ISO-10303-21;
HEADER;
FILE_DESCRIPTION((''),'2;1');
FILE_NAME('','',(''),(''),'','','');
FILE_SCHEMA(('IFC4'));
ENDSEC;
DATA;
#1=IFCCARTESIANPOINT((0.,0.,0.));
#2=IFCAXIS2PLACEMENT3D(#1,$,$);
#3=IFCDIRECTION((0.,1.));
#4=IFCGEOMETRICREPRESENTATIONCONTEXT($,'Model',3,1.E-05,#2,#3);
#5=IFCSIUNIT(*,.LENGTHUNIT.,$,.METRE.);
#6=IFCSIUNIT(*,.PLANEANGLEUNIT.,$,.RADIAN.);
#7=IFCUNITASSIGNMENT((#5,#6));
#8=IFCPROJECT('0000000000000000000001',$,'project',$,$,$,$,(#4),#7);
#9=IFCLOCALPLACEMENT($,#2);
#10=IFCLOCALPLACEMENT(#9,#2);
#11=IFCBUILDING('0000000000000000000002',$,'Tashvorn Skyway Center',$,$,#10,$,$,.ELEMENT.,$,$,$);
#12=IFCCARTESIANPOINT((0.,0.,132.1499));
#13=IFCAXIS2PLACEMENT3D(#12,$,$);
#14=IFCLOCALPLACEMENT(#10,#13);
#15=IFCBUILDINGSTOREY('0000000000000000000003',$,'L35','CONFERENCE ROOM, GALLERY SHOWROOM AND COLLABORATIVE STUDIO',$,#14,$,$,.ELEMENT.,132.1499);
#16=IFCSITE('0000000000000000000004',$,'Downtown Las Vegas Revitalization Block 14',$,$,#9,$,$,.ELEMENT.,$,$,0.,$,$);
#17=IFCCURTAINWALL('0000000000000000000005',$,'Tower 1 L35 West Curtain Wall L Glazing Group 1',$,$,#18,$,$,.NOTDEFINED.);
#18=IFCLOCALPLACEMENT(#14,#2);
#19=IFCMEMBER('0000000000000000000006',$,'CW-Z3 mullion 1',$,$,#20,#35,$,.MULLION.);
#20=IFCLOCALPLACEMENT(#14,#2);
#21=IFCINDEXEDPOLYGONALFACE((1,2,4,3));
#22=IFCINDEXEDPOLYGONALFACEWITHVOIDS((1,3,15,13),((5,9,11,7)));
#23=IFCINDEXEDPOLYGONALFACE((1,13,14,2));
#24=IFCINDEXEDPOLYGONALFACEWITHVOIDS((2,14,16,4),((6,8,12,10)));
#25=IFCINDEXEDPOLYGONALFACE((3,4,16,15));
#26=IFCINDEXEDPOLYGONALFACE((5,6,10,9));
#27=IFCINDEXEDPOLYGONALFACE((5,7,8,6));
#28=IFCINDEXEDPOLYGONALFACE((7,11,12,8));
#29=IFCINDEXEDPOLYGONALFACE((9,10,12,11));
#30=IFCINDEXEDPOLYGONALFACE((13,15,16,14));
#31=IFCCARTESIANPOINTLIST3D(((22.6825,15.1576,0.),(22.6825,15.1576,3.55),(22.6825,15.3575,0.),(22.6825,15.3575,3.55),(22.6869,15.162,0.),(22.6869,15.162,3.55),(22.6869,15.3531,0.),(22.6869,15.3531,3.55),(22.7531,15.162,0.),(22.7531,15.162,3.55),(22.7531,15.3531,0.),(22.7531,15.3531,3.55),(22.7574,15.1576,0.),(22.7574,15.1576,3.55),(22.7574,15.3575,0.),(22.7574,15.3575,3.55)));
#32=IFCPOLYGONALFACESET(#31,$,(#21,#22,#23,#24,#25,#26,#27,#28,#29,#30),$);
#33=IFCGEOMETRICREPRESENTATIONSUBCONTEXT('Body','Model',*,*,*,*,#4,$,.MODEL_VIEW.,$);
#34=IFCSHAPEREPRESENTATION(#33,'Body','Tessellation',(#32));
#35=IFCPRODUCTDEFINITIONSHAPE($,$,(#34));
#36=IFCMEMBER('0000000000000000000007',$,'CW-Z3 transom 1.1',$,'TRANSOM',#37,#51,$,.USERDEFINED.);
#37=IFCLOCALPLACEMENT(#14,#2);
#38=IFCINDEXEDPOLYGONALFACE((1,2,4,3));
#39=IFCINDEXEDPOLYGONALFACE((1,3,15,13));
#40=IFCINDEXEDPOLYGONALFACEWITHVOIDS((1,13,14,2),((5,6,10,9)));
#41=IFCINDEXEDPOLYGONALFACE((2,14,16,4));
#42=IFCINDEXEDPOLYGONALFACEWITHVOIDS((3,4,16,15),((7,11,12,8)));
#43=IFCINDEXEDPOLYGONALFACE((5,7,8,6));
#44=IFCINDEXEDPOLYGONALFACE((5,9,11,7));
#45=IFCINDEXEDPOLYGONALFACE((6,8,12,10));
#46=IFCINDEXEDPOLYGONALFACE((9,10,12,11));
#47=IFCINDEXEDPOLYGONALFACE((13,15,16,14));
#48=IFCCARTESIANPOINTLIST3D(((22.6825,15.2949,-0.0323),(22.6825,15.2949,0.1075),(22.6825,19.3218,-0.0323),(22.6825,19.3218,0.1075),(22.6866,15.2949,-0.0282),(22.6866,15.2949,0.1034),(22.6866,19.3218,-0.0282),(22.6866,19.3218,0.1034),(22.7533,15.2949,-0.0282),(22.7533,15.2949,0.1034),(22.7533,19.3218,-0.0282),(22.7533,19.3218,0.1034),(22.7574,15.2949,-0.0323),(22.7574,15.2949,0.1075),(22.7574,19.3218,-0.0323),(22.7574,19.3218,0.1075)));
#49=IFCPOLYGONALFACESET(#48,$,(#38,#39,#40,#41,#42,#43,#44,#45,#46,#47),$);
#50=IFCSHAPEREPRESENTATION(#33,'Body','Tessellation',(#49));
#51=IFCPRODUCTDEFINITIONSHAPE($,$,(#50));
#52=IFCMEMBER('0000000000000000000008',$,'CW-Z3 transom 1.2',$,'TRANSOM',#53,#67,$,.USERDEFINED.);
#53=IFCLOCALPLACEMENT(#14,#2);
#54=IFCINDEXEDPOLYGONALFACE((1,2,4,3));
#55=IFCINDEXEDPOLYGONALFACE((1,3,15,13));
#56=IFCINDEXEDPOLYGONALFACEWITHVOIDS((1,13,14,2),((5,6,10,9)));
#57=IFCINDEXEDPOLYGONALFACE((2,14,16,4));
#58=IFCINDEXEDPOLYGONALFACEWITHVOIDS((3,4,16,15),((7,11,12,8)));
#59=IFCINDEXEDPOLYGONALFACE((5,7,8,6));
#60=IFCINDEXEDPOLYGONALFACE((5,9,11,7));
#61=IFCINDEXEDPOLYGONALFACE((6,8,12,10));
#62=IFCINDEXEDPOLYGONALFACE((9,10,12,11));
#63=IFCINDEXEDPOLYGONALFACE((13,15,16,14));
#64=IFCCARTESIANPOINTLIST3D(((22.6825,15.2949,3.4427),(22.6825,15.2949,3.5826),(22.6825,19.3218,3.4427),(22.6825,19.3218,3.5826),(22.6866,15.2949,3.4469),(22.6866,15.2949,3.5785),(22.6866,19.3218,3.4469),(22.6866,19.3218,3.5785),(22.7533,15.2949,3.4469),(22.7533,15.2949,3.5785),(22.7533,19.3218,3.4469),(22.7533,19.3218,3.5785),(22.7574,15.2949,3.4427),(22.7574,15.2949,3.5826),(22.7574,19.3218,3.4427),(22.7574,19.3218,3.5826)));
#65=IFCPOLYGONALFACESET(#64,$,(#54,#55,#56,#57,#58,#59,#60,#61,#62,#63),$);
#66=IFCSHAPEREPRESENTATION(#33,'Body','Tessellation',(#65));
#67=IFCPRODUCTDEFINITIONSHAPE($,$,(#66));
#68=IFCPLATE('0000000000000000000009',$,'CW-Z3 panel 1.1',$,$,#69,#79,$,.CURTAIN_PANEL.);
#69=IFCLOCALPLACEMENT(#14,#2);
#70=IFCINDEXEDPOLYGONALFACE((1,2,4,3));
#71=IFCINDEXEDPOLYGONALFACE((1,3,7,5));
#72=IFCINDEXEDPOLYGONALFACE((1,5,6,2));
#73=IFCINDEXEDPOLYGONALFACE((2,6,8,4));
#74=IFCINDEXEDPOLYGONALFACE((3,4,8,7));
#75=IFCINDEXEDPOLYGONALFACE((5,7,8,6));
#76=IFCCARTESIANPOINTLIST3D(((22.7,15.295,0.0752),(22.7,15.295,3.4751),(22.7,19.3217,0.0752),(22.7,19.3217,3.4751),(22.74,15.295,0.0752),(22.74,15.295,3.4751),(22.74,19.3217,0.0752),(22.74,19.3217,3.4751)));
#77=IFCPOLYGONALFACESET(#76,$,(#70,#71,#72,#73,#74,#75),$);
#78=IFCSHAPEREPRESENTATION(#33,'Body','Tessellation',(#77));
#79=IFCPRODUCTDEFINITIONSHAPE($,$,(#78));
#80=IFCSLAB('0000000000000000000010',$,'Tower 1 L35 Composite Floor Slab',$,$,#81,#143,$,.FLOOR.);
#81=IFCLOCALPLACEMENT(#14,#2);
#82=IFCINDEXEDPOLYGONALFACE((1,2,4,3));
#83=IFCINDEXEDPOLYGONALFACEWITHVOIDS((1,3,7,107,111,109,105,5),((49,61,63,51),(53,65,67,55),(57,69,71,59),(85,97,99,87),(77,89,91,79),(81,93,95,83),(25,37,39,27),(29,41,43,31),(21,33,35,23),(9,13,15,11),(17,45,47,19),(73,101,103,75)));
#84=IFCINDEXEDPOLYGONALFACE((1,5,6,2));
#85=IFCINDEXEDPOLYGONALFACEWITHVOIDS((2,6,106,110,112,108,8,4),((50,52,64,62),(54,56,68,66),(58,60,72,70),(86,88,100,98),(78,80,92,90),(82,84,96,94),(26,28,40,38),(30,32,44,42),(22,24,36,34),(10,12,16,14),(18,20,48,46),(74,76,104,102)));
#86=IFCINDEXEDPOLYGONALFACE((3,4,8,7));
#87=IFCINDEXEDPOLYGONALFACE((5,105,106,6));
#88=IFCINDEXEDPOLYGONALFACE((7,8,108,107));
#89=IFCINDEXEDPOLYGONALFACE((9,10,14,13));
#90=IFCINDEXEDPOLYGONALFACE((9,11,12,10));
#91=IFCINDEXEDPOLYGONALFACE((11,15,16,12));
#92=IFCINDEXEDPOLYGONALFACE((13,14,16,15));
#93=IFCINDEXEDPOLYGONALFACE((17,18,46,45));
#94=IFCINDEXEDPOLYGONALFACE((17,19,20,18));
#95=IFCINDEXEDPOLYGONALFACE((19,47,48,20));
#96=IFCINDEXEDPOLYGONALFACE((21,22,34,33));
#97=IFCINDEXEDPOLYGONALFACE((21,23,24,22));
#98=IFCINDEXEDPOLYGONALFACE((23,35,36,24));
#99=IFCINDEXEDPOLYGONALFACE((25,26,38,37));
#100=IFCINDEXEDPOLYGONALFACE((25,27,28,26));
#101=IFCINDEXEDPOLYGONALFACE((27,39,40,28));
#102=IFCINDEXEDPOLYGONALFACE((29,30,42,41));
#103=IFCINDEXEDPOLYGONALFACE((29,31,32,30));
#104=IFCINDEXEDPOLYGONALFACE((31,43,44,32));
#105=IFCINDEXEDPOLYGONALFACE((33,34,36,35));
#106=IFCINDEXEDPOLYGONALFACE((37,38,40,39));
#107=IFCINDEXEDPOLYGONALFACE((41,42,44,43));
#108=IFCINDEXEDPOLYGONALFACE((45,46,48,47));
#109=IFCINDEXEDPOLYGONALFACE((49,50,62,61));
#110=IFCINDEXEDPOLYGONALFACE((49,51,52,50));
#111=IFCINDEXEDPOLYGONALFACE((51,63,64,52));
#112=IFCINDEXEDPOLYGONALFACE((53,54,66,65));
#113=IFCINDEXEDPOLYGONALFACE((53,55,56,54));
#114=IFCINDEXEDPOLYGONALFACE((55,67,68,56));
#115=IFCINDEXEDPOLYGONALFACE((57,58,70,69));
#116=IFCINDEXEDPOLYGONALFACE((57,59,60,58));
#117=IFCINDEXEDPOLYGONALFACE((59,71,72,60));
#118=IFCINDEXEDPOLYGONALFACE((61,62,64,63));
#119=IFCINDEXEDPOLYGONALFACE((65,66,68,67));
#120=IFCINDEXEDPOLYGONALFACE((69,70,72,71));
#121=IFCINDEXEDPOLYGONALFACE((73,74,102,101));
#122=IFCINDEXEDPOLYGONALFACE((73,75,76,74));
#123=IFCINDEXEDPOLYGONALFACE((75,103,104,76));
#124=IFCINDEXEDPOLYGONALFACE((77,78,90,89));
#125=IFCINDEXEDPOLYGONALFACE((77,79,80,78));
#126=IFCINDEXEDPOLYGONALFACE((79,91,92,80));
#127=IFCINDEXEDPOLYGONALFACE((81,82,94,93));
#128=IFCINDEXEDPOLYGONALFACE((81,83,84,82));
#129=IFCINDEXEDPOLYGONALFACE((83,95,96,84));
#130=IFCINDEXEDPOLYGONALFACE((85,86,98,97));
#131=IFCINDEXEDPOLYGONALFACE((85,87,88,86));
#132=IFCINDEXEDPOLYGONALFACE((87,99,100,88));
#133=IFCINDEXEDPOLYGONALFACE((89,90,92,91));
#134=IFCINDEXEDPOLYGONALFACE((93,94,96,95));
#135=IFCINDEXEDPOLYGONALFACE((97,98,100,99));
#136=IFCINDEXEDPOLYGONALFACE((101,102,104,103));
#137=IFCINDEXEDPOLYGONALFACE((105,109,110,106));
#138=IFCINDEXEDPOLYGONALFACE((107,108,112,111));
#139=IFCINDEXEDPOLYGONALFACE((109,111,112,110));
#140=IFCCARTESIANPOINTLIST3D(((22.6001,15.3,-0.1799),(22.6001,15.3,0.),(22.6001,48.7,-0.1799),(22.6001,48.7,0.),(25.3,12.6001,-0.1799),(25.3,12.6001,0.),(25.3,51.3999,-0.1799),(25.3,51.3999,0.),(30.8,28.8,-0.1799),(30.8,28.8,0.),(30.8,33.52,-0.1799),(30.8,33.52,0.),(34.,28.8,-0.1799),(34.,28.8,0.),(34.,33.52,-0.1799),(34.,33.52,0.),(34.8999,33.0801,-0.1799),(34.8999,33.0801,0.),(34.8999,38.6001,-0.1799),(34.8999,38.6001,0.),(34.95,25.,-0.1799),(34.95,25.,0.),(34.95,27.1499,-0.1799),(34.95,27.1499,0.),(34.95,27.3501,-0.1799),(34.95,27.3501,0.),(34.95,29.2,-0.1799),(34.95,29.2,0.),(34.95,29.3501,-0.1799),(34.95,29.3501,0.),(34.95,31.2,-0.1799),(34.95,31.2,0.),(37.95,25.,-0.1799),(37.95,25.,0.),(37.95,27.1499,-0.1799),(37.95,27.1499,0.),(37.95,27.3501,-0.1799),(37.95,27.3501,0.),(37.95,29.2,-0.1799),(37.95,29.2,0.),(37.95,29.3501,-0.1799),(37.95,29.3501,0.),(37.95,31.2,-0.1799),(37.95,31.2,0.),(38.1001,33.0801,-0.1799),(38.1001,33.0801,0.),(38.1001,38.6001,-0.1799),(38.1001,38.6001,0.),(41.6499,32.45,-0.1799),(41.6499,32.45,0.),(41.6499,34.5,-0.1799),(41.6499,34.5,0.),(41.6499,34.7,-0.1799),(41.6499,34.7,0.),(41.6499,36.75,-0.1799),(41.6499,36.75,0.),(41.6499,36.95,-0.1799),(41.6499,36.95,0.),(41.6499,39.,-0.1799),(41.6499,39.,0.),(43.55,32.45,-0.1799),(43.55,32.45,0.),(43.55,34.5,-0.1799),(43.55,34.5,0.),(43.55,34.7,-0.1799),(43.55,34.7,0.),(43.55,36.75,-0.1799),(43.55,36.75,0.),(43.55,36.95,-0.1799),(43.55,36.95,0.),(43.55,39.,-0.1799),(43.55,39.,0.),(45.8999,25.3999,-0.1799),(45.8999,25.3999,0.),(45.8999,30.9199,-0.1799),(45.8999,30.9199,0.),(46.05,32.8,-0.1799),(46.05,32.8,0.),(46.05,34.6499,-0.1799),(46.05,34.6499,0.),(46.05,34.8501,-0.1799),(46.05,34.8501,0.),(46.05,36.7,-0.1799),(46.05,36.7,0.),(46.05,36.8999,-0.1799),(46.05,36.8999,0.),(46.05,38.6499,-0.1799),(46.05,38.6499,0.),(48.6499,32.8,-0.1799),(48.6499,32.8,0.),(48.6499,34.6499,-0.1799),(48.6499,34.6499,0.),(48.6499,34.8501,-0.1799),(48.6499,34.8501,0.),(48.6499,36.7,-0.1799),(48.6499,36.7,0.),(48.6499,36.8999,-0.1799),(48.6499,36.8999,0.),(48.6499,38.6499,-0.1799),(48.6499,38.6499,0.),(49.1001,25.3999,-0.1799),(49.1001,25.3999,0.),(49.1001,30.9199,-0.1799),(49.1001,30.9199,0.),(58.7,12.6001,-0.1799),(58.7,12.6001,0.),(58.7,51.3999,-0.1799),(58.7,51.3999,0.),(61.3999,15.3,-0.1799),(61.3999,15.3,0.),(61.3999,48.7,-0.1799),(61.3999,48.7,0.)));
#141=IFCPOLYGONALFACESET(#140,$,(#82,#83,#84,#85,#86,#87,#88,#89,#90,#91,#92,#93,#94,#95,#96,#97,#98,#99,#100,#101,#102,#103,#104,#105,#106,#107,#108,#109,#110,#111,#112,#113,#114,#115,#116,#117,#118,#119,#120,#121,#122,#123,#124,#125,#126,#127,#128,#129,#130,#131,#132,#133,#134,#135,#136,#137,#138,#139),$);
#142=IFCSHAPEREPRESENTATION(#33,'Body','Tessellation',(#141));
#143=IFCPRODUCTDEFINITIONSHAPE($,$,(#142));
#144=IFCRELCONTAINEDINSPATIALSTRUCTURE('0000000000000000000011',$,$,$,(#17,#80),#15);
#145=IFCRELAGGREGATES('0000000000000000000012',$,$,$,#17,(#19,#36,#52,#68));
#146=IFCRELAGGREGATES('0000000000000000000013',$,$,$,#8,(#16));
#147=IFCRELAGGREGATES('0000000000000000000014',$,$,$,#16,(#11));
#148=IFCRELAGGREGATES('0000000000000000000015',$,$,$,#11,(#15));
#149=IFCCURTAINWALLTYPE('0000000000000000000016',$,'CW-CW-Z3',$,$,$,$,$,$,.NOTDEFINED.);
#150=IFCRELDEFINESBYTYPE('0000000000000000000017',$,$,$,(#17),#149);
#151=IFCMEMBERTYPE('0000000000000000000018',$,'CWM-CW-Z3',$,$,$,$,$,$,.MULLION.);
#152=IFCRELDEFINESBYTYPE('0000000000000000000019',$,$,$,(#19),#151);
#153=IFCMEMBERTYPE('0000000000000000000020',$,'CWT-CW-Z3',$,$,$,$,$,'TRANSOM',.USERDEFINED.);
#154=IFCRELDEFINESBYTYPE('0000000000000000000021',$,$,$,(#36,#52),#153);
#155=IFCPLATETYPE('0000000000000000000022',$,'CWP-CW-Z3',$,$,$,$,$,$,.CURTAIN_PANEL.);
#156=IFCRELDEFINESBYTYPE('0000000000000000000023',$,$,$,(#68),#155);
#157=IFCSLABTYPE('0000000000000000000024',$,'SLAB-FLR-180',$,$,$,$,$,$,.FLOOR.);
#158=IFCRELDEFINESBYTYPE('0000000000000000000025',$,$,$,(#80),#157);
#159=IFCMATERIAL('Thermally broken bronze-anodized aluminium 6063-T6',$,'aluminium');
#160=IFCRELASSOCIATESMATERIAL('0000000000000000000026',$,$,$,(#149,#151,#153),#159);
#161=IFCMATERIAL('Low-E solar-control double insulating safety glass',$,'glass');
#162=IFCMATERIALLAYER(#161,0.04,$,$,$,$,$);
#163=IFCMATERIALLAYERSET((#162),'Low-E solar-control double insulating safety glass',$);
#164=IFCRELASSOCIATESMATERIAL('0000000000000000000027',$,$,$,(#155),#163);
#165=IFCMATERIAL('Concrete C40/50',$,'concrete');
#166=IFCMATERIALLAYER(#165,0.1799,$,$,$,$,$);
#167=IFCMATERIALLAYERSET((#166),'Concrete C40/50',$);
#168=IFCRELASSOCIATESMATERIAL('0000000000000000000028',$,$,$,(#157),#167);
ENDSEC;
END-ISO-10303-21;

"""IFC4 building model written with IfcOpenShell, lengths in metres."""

from ifc_helpers import new_model, si_unit, direction, frame, origin, origin_2d, place, context, subcontext, project, spatial, polyline, rectangle, hollow_rectangle, outline, extrude, material, layer, layer_set, material_profile, profile_set, type_object, element, aggregate, save


model = new_model("IFC4")

# Units and contexts
model_context = context("Model", 3, precision=1e-05, world=origin(), true_north=direction((0.0, 1.0)))
body_context = subcontext(model_context, "Body", "Model", "MODEL_VIEW")
ifc_project = project(units=[si_unit("LENGTHUNIT", "METRE"), si_unit("PLANEANGLEUNIT", "RADIAN")], contexts=[model_context])

# Site, building, storey
site_placement = place(None, origin())
site = spatial("IfcSite", under=ifc_project, at=site_placement, Name="Downtown Las Vegas Revitalization Block 14", CompositionType="ELEMENT", RefElevation=0.0)
building_placement = place(site_placement, origin())
building = spatial("IfcBuilding", under=site, at=building_placement, Name="Tashvorn Skyway Center", CompositionType="ELEMENT")
storey_placement = place(building_placement, frame((0.0, 0.0, 132.1499)))
storey = spatial("IfcBuildingStorey", under=building, at=storey_placement, Name="L35", Description="CONFERENCE ROOM, GALLERY SHOWROOM AND COLLABORATIVE STUDIO", CompositionType="ELEMENT", Elevation=132.1499)

# Curtain wall, members, plate
ifc_material_1 = material(Name="Thermally broken bronze-anodized aluminium 6063-T6", Category="aluminium")
curtain_wall_type = type_object("IfcCurtainWallType", Name="CW-CW-Z3", PredefinedType="NOTDEFINED", material=ifc_material_1)
curtain_wall_placement = place(storey_placement, origin())
curtain_wall = element("IfcCurtainWall", 1, at=curtain_wall_placement, inside=storey, type_object=curtain_wall_type, Name="Tower 1 L35 West Curtain Wall L Glazing Group 1", PredefinedType="NOTDEFINED")
ifc_material_profile_1 = material_profile(ifc_material_1, hollow_rectangle(XDim=0.075, YDim=0.2, WallThickness=0.0044, at=origin_2d()), Name="ALU-MULL-75x200")
ifc_profile_set_1 = profile_set([ifc_material_profile_1], Name="Thermally broken bronze-anodized aluminium 6063-T6")
member_type_1 = type_object("IfcMemberType", Name="CWM-CW-Z3", PredefinedType="MULLION", material=ifc_profile_set_1)
member_1_placement = place(storey_placement, frame((22.72, 15.2576, 0.0), z_axis=(0.0, 0.0, 1.0), x_axis=(-1.0, 0.0, 0.0)))
member_1 = element("IfcMember", 2, at=member_1_placement, type_object=member_type_1, Name="CW-Z3 mullion 1", PredefinedType="MULLION", context=body_context, shape_type="SweptSolid", body=[
    extrude(hollow_rectangle(XDim=0.075, YDim=0.2, WallThickness=0.0044, at=origin_2d()), origin(), (0.0, 0.0, 1.0), 3.55),
])
ifc_material_profile_2 = material_profile(ifc_material_1, hollow_rectangle(XDim=0.075, YDim=0.1399, WallThickness=0.0042, at=origin_2d()), Name="ALU-TRAN-75x140")
ifc_profile_set_2 = profile_set([ifc_material_profile_2], Name="Thermally broken bronze-anodized aluminium 6063-T6")
member_type_2 = type_object("IfcMemberType", Name="CWT-CW-Z3", ElementType="TRANSOM", PredefinedType="USERDEFINED", material=ifc_profile_set_2)
member_2_placement = place(storey_placement, frame((22.72, 15.2949, 0.0376), z_axis=(0.0, 1.0, 0.0), x_axis=(-1.0, 0.0, 0.0)))
member_2 = element("IfcMember", 3, at=member_2_placement, type_object=member_type_2, Name="CW-Z3 transom 1.1", ObjectType="TRANSOM", PredefinedType="USERDEFINED", context=body_context, shape_type="SweptSolid", body=[
    extrude(hollow_rectangle(XDim=0.075, YDim=0.1399, WallThickness=0.0042, at=origin_2d()), origin(), (0.0, 0.0, 1.0), 4.0269),
])
member_3_placement = place(storey_placement, frame((22.72, 15.2949, 3.5127), z_axis=(0.0, 1.0, 0.0), x_axis=(-1.0, 0.0, 0.0)))
member_3 = element("IfcMember", 4, at=member_3_placement, type_object=member_type_2, Name="CW-Z3 transom 1.2", ObjectType="TRANSOM", PredefinedType="USERDEFINED", context=body_context, shape_type="SweptSolid", body=[
    extrude(hollow_rectangle(XDim=0.075, YDim=0.1399, WallThickness=0.0042, at=origin_2d()), origin(), (0.0, 0.0, 1.0), 4.0269),
])
ifc_material_2 = material(Name="Low-E solar-control double insulating safety glass", Category="glass")
ifc_layer_1 = layer(ifc_material_2, 0.04)
ifc_layer_set_1 = layer_set([ifc_layer_1], Name="Low-E solar-control double insulating safety glass")
plate_type = type_object("IfcPlateType", Name="CWP-CW-Z3", PredefinedType="CURTAIN_PANEL", material=ifc_layer_set_1)
plate_placement = place(storey_placement, frame((22.72, 17.3083, 0.0752), z_axis=(0.0, 0.0, 1.0), x_axis=(0.0, 1.0, 0.0)))
plate = element("IfcPlate", 5, at=plate_placement, type_object=plate_type, Name="CW-Z3 panel 1.1", PredefinedType="CURTAIN_PANEL", context=body_context, shape_type="SweptSolid", body=[
    extrude(rectangle(XDim=4.0266, YDim=0.04, at=origin_2d()), origin(), (0.0, 0.0, 1.0), 3.3999),
])
aggregate(curtain_wall, [member_1, member_2, member_3, plate])

# Slab
ifc_material_3 = material(Name="Concrete C40/50", Category="concrete")
ifc_layer_2 = layer(ifc_material_3, 0.1799)
ifc_layer_set_2 = layer_set([ifc_layer_2], Name="Concrete C40/50")
slab_type_1 = type_object("IfcSlabType", Name="SLAB-FLR-180", PredefinedType="FLOOR", material=ifc_layer_set_2)
slab_1_placement = place(storey_placement, frame((0.0, 0.0, -0.1799)))
element("IfcSlab", 6, at=slab_1_placement, inside=storey, type_object=slab_type_1, Name="Tower 1 L35 Composite Floor Slab", PredefinedType="FLOOR", context=body_context, shape_type="SweptSolid", body=[
    extrude(outline(polyline([(25.3, 12.6001), (58.7, 12.6001), (61.3999, 15.3), (61.3999, 48.7), (58.7, 51.3999), (25.3, 51.3999), (22.6001, 48.7), (22.6001, 15.3), (25.3, 12.6001)]), holes=[polyline([(38.1001, 33.0801), (38.1001, 38.6001), (34.8999, 38.6001), (34.8999, 33.0801), (38.1001, 33.0801)]), polyline([(45.8999, 30.9199), (45.8999, 25.3999), (49.1001, 25.3999), (49.1001, 30.9199), (45.8999, 30.9199)]), polyline([(30.8, 33.52), (30.8, 28.8), (34.0, 28.8), (34.0, 33.52), (30.8, 33.52)]), polyline([(34.95, 29.3501), (37.95, 29.3501), (37.95, 31.2), (34.95, 31.2), (34.95, 29.3501)]), polyline([(34.95, 27.3501), (37.95, 27.3501), (37.95, 29.2), (34.95, 29.2), (34.95, 27.3501)]), polyline([(34.95, 25.0), (37.95, 25.0), (37.95, 27.1499), (34.95, 27.1499), (34.95, 25.0)]), polyline([(41.6499, 32.45), (43.55, 32.45), (43.55, 34.5), (41.6499, 34.5), (41.6499, 32.45)]), polyline([(41.6499, 34.7), (43.55, 34.7), (43.55, 36.75), (41.6499, 36.75), (41.6499, 34.7)]), polyline([(41.6499, 36.95), (43.55, 36.95), (43.55, 39.0), (41.6499, 39.0), (41.6499, 36.95)]), polyline([(46.05, 32.8), (48.6499, 32.8), (48.6499, 34.6499), (46.05, 34.6499), (46.05, 32.8)]), polyline([(46.05, 34.8501), (48.6499, 34.8501), (48.6499, 36.7), (46.05, 36.7), (46.05, 34.8501)]), polyline([(46.05, 36.8999), (48.6499, 36.8999), (48.6499, 38.6499), (46.05, 38.6499), (46.05, 36.8999)])]), origin(), (0.0, 0.0, 1.0), 0.1799),
])

save(model, "model.ifc")
